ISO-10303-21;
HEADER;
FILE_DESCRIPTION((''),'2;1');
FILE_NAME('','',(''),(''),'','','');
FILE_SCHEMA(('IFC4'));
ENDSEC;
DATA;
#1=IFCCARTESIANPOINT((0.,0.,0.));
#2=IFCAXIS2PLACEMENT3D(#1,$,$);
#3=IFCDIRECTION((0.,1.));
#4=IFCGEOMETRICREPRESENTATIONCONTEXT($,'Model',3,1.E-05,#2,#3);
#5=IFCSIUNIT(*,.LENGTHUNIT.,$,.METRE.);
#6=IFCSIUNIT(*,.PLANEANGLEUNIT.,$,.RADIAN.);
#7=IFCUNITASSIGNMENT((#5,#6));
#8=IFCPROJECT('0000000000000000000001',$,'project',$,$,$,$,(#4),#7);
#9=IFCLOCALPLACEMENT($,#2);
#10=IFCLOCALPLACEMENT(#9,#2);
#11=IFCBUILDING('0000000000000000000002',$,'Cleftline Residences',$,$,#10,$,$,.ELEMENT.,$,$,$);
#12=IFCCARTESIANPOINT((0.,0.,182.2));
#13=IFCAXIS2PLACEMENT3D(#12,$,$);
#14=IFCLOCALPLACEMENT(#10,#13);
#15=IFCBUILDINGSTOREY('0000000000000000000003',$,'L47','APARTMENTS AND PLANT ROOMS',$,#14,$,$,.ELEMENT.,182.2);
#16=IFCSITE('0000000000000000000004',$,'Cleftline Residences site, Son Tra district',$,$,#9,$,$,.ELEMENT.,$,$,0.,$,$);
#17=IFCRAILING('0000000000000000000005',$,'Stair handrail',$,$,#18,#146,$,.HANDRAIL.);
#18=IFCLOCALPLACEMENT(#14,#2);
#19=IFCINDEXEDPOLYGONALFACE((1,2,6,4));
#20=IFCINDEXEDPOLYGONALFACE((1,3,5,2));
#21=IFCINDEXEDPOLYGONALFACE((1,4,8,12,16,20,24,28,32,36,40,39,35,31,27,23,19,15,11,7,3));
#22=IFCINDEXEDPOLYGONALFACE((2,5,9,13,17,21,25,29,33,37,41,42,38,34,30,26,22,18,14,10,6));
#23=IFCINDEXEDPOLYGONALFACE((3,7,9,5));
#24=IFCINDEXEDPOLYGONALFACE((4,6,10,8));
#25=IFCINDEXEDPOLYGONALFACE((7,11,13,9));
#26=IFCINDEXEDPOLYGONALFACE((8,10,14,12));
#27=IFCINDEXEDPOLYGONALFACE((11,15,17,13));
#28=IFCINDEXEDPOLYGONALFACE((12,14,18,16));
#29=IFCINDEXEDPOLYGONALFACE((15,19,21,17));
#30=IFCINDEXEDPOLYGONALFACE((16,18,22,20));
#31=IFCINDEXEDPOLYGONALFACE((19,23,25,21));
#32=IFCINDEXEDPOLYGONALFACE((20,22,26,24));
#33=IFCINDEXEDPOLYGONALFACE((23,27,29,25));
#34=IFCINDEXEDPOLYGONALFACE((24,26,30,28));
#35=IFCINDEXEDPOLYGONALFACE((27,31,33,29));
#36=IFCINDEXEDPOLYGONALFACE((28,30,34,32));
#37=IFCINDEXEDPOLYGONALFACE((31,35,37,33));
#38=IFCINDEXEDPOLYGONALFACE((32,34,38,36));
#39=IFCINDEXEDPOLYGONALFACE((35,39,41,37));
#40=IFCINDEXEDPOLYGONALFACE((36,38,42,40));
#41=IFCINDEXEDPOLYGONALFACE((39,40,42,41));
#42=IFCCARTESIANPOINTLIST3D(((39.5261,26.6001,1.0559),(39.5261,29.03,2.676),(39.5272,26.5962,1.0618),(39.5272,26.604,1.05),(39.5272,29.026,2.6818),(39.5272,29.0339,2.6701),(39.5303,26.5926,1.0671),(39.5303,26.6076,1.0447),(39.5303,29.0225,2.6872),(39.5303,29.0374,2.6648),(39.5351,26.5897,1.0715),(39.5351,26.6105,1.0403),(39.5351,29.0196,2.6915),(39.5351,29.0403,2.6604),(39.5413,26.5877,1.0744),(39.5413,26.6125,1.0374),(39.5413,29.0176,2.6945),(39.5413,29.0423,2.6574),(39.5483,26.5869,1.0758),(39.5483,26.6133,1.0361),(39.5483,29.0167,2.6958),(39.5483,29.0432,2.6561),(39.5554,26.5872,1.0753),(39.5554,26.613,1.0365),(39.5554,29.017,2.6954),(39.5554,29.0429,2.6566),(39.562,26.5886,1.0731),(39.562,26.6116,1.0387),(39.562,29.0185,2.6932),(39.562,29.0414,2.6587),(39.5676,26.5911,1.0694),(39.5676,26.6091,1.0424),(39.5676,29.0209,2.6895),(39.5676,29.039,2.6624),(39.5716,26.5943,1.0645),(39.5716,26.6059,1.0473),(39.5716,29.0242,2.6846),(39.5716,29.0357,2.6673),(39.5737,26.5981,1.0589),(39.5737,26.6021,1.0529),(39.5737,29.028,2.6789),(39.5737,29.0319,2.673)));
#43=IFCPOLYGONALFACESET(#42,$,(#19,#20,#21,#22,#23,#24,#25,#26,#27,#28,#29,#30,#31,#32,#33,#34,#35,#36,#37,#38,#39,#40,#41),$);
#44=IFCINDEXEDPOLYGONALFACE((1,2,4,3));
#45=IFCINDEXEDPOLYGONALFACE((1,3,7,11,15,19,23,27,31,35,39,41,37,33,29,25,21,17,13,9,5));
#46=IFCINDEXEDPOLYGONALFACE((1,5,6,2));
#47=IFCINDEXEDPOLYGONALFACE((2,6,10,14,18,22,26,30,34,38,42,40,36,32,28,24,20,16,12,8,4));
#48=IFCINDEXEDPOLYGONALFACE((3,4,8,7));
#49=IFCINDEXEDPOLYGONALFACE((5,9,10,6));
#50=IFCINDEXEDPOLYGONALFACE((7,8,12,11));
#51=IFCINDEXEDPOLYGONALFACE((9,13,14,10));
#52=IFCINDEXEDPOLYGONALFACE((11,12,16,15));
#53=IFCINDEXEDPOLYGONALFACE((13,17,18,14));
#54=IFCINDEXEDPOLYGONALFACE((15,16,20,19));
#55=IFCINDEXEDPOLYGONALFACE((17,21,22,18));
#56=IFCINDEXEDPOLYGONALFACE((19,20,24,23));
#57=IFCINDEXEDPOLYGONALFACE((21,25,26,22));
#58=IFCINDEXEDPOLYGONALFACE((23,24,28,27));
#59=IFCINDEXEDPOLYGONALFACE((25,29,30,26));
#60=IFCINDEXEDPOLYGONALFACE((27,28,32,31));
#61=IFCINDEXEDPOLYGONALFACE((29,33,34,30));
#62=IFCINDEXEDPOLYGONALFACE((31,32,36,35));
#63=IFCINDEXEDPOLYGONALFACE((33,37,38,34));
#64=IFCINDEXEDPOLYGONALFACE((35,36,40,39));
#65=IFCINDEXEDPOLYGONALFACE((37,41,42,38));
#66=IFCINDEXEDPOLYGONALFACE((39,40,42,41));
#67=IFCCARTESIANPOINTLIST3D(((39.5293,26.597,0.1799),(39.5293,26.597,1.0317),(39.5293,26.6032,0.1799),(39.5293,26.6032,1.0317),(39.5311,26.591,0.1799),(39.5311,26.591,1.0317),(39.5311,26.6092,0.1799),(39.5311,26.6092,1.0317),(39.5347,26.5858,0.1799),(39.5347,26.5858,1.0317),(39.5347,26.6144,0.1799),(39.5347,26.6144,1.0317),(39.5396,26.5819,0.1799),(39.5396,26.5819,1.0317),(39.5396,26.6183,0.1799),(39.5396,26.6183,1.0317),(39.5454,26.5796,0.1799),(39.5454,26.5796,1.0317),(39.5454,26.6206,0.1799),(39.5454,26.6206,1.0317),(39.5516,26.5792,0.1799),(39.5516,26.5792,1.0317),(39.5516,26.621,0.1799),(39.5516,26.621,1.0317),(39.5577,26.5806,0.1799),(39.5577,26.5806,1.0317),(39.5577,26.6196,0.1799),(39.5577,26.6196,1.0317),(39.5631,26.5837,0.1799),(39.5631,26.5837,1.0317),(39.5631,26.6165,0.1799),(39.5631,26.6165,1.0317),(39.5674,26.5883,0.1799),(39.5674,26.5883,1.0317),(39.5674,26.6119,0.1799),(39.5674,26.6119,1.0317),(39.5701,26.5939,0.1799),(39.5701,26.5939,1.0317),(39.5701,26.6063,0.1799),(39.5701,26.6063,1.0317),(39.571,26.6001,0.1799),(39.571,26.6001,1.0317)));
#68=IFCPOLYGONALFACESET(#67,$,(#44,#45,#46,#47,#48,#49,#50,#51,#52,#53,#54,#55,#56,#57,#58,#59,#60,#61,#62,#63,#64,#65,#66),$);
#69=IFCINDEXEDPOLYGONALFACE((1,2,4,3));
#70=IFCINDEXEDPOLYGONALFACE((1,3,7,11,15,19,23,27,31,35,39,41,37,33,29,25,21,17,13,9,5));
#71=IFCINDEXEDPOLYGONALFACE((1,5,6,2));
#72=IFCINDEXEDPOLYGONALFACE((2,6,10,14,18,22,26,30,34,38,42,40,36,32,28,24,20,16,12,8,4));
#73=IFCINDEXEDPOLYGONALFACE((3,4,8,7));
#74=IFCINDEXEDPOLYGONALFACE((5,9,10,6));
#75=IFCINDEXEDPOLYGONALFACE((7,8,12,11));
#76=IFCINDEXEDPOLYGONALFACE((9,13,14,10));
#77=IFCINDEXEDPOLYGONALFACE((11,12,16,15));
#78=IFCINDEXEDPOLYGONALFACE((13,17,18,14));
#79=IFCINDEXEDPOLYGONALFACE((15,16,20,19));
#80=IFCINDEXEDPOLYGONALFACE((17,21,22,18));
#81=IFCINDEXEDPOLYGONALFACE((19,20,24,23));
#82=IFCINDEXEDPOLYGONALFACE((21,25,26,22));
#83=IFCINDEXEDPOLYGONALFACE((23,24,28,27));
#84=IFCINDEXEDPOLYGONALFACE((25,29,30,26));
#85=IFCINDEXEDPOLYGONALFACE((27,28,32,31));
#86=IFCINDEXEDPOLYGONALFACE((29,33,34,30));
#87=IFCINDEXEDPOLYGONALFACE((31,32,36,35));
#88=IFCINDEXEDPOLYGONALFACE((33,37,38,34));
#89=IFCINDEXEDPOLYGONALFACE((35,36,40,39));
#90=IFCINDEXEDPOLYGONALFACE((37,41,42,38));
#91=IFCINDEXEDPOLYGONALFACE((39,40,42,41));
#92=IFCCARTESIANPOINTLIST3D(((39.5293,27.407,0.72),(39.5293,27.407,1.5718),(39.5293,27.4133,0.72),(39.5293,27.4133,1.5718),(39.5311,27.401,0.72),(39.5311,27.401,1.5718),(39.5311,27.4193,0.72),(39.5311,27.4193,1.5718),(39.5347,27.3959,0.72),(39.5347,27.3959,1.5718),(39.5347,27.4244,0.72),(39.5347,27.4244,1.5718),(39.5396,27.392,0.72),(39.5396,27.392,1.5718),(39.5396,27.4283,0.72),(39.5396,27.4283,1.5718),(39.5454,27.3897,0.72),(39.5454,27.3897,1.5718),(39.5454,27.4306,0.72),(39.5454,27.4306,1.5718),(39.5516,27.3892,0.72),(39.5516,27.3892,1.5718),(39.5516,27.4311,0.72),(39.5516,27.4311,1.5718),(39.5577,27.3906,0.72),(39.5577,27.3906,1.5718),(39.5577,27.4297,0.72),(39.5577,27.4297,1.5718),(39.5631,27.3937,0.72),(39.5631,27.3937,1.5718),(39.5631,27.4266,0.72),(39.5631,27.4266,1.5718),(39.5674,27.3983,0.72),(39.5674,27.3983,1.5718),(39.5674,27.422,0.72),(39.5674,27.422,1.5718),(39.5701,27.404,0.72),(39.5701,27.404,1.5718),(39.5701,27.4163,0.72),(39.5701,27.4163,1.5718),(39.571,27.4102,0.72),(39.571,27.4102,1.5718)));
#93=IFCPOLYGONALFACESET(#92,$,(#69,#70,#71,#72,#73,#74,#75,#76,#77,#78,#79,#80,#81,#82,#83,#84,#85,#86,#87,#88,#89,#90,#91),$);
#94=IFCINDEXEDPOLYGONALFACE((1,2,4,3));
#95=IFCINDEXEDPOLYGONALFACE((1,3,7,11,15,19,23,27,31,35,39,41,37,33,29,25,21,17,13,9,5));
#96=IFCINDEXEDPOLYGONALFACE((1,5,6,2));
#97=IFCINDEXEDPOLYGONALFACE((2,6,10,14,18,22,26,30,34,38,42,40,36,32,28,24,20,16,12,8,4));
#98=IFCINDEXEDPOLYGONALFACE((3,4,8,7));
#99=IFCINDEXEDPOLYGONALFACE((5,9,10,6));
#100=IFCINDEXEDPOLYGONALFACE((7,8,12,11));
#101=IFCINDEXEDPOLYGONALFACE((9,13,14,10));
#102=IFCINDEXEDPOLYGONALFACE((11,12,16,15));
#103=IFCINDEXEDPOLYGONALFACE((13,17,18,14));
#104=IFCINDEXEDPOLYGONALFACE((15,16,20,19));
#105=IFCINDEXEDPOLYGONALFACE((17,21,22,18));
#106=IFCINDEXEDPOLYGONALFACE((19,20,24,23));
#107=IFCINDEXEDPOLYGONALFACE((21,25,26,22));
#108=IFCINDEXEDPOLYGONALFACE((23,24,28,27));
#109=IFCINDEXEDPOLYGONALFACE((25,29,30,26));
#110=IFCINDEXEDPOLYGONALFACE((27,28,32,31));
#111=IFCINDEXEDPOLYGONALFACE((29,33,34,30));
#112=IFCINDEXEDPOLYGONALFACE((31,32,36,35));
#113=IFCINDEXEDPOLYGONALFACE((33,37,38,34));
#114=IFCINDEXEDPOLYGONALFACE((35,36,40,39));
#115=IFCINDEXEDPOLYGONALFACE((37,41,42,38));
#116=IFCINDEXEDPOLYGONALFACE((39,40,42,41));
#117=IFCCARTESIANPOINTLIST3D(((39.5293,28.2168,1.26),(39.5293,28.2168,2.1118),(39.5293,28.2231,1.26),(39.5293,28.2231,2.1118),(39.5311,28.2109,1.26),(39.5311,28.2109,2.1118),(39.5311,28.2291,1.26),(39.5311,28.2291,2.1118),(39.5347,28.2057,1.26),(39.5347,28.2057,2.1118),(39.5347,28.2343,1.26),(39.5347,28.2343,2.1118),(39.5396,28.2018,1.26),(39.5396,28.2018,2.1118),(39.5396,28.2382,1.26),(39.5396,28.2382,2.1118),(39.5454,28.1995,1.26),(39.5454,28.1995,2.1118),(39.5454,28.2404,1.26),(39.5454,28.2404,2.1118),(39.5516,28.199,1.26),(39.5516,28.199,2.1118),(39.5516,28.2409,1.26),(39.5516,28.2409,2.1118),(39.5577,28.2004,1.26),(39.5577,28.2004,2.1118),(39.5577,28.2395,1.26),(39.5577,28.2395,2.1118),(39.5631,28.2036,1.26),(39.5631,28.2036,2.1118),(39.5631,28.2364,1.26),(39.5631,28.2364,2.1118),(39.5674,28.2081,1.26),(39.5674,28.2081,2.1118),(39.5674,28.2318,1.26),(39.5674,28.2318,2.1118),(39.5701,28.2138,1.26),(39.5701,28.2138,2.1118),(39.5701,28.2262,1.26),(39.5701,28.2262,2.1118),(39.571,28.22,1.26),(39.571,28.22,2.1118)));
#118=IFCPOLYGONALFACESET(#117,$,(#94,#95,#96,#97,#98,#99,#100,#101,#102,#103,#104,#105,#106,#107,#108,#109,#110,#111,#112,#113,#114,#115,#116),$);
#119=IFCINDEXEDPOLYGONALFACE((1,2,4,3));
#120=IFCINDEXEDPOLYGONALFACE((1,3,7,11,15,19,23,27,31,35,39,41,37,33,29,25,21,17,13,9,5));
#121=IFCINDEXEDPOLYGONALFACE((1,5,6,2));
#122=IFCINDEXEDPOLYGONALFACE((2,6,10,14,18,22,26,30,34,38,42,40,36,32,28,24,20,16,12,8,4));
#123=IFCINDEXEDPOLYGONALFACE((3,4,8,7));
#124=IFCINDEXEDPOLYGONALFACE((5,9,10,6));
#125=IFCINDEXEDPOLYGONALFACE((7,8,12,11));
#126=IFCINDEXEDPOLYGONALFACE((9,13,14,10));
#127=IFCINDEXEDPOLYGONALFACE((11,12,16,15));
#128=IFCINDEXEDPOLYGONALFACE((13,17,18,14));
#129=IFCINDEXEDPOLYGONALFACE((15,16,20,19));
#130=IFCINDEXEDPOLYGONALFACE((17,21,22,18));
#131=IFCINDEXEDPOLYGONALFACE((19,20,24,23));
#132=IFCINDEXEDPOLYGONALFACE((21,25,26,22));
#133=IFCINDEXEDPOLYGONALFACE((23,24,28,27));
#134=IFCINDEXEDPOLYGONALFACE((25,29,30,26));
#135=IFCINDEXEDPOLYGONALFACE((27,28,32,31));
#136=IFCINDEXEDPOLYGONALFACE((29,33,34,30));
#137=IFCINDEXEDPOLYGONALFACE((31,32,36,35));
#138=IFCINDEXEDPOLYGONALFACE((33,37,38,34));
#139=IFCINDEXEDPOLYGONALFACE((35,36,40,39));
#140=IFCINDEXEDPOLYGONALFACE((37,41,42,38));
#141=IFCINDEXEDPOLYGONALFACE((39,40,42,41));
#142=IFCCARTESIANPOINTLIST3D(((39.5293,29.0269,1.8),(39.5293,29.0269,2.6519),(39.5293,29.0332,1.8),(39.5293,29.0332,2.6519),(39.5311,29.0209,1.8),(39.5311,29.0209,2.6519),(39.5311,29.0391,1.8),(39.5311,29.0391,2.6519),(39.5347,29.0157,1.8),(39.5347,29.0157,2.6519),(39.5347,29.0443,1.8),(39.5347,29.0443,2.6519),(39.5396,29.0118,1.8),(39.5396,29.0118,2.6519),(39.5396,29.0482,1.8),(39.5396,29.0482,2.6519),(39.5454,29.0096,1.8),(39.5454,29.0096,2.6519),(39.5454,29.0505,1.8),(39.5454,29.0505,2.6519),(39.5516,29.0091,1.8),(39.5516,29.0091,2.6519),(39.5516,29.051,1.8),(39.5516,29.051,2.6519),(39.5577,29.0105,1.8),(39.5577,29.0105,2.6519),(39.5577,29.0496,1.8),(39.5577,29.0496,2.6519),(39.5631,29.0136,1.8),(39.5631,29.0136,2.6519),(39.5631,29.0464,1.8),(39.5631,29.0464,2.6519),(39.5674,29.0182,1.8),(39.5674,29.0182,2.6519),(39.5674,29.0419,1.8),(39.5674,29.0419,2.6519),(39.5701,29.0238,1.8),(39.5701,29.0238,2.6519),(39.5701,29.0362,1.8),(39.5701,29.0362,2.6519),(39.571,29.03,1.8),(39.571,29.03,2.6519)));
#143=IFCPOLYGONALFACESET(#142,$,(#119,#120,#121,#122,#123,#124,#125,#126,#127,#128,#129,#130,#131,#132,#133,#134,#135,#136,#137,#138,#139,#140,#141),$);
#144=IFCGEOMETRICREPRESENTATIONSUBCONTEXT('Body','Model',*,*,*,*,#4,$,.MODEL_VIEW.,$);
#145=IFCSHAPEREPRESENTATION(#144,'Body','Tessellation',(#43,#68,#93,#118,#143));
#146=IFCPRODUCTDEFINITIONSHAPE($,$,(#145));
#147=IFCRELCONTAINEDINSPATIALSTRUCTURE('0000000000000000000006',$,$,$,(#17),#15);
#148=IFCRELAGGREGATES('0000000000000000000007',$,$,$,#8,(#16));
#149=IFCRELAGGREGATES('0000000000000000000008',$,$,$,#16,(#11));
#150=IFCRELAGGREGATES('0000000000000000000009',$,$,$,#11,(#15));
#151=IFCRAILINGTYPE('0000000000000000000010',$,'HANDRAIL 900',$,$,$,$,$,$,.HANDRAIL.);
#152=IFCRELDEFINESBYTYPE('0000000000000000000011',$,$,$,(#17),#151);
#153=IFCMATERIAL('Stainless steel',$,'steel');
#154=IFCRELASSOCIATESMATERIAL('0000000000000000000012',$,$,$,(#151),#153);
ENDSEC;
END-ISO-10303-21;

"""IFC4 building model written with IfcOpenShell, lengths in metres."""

from ifc_helpers import new_model, si_unit, direction, frame, origin, origin_2d, place, context, subcontext, project, spatial, circle, extrude, material, type_object, element, save


model = new_model("IFC4")

# Units and contexts
model_context = context("Model", 3, precision=1e-05, world=origin(), true_north=direction((0.0, 1.0)))
body_context = subcontext(model_context, "Body", "Model", "MODEL_VIEW")
ifc_project = project(units=[si_unit("LENGTHUNIT", "METRE"), si_unit("PLANEANGLEUNIT", "RADIAN")], contexts=[model_context])

# Site, building, storey
site_placement = place(None, origin())
site = spatial("IfcSite", under=ifc_project, at=site_placement, Name="Cleftline Residences site, Son Tra district", CompositionType="ELEMENT", RefElevation=0.0)
building_placement = place(site_placement, origin())
building = spatial("IfcBuilding", under=site, at=building_placement, Name="Cleftline Residences", CompositionType="ELEMENT")
storey_placement = place(building_placement, frame((0.0, 0.0, 182.2)))
storey = spatial("IfcBuildingStorey", under=building, at=storey_placement, Name="L47", Description="APARTMENTS AND PLANT ROOMS", CompositionType="ELEMENT", Elevation=182.2)

# Railing
ifc_material_1 = material(Name="Stainless steel", Category="steel")
railing_type = type_object("IfcRailingType", Name="HANDRAIL 900", PredefinedType="HANDRAIL", material=ifc_material_1)
railing_1_placement = place(storey_placement, frame((39.55, 26.6001, 0.1799)))
element("IfcRailing", 1, at=railing_1_placement, inside=storey, type_object=railing_type, Name="Stair handrail", PredefinedType="HANDRAIL", context=body_context, shape_type="SweptSolid", body=[
    extrude(circle(Radius=0.0239, at=origin_2d()), frame((0.0, 0.0, 0.876), z_axis=(0.0, 0.832025, 0.554739), x_axis=(-1.0, 0.0, 0.0)), (0.0, 0.0, 1.0), 2.9204),
    extrude(circle(Radius=0.021, at=origin_2d()), origin(), (0.0, 0.0, 1.0), 0.8518),
    extrude(circle(Radius=0.021, at=origin_2d()), frame((0.0, 0.8101, 0.54)), (0.0, 0.0, 1.0), 0.8518),
    extrude(circle(Radius=0.021, at=origin_2d()), frame((0.0, 1.6199, 1.0801)), (0.0, 0.0, 1.0), 0.8518),
    extrude(circle(Radius=0.021, at=origin_2d()), frame((0.0, 2.4299, 1.6201)), (0.0, 0.0, 1.0), 0.8518),
])

save(model, "model.ifc")
